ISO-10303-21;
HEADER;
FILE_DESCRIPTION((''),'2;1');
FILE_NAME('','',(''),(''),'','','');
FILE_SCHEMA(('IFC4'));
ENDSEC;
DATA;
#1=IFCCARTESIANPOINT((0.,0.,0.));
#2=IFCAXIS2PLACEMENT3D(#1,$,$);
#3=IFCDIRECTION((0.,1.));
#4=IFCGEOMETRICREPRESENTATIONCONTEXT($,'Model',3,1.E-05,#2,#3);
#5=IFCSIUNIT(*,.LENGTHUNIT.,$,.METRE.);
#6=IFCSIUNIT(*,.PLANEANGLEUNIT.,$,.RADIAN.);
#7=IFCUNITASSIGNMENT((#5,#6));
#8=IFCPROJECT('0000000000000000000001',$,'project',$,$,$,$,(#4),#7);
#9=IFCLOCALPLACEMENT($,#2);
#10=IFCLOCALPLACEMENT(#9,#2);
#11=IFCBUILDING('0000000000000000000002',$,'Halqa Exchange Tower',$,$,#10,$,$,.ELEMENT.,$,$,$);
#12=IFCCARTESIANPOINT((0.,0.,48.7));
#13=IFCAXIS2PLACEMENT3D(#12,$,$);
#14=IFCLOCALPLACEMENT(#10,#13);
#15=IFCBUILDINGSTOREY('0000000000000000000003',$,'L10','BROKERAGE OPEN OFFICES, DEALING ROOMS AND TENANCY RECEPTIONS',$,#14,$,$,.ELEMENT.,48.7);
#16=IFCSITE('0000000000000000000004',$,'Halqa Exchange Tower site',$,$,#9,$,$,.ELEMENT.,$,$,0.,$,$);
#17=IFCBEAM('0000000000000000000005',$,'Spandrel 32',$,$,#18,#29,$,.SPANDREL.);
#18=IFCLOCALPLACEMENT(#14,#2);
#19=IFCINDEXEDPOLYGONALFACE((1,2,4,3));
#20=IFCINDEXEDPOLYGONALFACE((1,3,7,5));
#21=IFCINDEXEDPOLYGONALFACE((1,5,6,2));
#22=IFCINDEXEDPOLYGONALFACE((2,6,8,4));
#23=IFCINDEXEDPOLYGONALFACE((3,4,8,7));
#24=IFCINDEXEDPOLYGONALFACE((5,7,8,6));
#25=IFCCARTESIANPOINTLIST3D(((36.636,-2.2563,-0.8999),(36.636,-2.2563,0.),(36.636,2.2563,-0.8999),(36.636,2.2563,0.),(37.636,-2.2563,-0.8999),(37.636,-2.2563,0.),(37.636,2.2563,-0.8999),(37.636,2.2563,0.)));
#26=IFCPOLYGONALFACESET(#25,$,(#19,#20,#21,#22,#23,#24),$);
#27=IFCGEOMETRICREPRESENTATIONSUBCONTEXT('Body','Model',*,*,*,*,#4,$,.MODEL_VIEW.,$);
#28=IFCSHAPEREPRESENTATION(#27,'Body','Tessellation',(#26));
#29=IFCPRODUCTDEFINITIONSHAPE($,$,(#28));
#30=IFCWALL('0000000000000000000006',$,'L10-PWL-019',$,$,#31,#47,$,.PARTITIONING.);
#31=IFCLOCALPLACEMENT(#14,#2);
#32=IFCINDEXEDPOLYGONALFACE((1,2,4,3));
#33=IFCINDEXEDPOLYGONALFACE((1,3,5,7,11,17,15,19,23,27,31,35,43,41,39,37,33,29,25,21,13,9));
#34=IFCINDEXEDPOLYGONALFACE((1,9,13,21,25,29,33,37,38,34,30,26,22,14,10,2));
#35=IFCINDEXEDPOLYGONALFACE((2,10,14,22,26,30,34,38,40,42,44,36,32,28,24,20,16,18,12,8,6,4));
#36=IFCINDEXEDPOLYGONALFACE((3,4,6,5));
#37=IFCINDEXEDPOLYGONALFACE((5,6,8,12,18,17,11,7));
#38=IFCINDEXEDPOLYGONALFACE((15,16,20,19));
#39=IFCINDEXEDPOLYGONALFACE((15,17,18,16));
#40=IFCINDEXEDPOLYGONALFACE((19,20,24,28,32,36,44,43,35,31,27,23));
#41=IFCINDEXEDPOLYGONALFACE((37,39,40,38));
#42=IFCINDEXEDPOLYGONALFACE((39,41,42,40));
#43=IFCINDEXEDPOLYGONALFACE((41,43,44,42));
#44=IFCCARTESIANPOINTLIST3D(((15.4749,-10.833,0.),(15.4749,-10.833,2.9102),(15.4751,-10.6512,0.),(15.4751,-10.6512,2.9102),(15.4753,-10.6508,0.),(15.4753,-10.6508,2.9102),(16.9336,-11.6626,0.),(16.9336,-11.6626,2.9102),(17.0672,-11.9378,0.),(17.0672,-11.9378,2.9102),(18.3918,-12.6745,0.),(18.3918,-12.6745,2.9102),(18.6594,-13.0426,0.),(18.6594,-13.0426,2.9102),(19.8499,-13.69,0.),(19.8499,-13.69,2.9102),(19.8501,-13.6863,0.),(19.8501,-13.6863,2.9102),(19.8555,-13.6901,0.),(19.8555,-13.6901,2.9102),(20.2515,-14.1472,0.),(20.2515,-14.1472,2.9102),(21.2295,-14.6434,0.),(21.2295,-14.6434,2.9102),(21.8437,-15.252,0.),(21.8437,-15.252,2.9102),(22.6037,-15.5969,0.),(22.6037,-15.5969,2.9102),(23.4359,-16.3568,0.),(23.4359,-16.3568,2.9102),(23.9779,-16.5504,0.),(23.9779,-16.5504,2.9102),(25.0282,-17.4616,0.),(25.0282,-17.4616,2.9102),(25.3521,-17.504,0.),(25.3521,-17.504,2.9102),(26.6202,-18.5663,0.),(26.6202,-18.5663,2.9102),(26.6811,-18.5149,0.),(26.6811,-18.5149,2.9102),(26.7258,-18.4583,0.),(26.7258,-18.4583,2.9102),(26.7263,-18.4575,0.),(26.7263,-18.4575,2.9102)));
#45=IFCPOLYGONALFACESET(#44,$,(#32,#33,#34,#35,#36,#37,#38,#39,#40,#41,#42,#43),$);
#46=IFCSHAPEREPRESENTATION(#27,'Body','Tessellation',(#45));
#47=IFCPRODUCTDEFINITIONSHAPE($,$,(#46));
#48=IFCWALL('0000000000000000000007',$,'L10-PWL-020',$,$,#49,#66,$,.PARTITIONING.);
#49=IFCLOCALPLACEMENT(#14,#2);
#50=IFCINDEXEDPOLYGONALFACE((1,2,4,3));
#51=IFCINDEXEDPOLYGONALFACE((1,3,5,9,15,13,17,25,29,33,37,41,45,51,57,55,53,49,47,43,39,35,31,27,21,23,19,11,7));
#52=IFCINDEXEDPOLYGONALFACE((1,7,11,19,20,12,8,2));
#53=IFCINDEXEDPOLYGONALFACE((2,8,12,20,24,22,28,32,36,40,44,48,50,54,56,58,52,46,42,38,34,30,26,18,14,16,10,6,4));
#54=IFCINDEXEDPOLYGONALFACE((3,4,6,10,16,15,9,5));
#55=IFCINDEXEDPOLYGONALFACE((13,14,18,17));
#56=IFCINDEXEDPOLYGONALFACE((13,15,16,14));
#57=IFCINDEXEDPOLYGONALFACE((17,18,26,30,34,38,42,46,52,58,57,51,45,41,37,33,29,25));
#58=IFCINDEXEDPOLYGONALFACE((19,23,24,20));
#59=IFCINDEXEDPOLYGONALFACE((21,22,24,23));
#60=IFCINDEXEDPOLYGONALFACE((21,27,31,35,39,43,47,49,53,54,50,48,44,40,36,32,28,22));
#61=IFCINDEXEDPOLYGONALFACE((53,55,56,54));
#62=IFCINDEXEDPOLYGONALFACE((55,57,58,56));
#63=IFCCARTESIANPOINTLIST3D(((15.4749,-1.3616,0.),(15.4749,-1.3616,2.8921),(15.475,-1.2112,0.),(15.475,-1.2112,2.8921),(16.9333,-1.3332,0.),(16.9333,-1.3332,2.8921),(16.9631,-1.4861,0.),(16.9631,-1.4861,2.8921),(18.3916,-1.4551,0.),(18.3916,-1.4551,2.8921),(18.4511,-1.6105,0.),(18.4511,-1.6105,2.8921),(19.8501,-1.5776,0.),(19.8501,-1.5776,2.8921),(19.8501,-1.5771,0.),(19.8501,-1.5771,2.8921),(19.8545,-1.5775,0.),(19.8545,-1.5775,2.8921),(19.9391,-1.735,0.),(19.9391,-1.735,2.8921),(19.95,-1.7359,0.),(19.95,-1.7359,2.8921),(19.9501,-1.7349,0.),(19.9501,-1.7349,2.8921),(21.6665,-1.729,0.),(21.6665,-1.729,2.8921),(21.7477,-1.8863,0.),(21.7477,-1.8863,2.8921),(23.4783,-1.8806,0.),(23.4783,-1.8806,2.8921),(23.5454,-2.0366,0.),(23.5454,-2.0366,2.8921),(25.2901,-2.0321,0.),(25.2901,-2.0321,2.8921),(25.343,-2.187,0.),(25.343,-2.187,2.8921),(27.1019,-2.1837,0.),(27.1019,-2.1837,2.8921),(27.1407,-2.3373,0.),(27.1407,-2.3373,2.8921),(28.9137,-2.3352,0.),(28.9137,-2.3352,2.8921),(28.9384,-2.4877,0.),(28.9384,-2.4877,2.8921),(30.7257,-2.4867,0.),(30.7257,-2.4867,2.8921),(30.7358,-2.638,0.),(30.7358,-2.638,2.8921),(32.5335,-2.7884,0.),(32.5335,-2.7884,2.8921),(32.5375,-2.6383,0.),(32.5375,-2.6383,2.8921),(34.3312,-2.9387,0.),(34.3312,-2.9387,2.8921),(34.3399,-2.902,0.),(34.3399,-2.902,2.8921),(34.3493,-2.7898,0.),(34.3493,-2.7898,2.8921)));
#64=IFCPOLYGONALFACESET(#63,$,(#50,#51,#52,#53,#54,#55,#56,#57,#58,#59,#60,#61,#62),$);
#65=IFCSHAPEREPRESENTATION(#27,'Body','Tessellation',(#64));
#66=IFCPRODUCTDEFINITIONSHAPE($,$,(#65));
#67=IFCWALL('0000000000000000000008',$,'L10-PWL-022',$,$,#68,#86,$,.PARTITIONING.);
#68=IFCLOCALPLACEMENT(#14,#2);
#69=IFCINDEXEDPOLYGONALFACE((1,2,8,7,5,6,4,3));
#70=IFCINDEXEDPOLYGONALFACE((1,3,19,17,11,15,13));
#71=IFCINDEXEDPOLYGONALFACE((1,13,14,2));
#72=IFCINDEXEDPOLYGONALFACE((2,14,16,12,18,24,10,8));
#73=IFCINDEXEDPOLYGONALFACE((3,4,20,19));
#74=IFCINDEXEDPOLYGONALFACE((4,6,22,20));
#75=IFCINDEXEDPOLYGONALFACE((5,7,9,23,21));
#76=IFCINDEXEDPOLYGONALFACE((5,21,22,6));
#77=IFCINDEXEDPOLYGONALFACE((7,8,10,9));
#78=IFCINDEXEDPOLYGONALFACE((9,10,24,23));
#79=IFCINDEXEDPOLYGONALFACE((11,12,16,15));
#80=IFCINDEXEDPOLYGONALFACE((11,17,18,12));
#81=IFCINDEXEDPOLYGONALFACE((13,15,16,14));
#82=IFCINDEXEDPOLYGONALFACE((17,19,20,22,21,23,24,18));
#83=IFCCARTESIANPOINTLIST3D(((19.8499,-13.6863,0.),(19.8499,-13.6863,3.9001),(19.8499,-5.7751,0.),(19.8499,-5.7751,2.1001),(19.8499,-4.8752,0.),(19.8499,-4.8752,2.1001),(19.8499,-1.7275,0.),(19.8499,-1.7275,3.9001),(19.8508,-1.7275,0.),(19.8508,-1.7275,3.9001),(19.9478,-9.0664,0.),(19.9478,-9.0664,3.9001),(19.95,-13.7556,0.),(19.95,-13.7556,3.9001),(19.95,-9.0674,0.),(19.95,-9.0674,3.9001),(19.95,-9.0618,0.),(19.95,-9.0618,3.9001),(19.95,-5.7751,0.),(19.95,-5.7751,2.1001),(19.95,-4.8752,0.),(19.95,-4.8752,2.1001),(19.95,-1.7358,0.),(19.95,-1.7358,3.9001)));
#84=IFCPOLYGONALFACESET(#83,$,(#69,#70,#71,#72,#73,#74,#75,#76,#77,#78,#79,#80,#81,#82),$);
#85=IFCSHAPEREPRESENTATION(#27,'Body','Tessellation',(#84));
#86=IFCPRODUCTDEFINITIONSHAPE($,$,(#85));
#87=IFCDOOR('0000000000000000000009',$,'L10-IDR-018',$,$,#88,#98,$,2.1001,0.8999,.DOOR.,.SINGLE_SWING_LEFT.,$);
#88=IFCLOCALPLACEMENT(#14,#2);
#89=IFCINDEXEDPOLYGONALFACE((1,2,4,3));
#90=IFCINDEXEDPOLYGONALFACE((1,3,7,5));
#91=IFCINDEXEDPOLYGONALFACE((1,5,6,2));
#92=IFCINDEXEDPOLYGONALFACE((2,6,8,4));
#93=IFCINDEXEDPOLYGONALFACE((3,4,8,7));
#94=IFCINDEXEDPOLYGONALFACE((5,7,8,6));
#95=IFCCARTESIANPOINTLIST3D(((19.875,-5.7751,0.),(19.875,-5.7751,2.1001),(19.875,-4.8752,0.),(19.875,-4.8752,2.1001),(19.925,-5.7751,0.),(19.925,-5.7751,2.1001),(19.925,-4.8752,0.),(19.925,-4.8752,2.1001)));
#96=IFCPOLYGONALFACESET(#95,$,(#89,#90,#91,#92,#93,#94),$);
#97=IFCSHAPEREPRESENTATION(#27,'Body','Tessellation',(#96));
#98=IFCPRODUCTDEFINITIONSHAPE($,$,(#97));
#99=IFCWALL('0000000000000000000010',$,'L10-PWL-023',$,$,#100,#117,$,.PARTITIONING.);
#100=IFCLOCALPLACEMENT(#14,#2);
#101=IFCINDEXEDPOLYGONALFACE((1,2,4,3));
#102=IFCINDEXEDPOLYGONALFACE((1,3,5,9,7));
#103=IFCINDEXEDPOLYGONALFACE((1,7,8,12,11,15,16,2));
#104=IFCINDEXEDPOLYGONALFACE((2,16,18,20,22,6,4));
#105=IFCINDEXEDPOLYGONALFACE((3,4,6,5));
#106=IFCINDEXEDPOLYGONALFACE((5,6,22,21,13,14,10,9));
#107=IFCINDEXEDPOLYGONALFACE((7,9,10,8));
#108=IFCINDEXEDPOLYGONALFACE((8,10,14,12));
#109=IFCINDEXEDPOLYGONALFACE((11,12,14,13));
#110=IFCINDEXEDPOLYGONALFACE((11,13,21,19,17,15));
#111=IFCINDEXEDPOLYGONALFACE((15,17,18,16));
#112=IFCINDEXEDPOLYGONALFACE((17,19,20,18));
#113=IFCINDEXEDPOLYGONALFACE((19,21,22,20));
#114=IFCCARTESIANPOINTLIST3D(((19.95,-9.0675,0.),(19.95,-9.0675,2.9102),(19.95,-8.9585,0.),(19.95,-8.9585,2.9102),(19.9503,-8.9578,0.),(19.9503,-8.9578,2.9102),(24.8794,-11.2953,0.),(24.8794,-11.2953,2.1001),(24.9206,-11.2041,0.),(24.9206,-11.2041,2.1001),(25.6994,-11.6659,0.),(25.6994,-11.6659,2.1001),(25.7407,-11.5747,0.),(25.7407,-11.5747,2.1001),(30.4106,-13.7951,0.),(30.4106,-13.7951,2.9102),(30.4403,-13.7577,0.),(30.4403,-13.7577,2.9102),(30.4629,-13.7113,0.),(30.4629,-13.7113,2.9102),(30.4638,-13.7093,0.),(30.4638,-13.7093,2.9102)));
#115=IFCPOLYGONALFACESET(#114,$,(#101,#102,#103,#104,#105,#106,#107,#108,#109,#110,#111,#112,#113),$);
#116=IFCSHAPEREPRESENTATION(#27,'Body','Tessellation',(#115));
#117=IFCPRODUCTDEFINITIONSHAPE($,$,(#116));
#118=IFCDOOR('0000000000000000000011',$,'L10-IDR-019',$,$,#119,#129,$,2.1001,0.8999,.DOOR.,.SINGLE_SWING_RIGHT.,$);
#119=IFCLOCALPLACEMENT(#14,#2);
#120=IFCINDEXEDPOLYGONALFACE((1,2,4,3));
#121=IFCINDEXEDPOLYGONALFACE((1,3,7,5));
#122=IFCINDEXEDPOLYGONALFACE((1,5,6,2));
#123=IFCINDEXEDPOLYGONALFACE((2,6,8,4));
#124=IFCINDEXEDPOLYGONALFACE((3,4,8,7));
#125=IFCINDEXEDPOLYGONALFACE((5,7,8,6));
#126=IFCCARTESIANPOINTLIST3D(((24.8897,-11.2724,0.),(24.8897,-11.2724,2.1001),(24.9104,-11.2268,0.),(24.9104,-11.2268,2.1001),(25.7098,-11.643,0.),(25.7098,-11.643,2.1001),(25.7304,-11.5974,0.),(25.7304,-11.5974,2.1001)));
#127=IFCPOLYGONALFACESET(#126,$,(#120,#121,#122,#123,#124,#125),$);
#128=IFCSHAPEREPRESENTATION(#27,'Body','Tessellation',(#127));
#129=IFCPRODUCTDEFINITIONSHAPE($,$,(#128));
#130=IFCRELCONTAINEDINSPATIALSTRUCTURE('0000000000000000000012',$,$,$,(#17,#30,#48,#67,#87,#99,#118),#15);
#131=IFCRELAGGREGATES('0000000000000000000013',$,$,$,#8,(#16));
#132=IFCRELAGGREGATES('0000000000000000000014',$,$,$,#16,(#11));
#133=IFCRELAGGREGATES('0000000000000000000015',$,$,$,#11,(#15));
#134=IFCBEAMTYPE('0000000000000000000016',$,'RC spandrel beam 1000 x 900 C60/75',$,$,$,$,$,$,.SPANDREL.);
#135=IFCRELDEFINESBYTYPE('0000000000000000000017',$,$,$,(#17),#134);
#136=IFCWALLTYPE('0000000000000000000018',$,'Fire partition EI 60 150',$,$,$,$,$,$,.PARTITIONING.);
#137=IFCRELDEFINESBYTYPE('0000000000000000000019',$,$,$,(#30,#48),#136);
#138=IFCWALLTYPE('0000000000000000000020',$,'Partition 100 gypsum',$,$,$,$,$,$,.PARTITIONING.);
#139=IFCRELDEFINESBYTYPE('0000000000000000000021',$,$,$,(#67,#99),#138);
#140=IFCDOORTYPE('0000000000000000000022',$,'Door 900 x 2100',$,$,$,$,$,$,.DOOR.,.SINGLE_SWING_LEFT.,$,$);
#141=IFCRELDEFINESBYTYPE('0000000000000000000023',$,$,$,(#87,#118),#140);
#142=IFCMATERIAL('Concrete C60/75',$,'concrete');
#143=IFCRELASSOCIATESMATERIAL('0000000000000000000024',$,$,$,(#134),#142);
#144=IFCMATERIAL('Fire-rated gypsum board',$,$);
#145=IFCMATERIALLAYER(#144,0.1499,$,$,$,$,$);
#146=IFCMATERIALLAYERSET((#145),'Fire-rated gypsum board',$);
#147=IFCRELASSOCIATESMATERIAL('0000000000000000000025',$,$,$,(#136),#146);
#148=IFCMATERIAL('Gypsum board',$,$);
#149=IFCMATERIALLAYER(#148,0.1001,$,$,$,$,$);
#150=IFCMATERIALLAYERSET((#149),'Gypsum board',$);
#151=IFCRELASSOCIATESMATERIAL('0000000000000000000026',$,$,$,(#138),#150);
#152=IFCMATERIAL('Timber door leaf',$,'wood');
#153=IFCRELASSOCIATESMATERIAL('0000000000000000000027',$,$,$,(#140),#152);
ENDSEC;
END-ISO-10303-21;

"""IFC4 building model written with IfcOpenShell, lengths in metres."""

from ifc_helpers import new_model, si_unit, direction, frame, frame_2d, origin, origin_2d, place, context, subcontext, project, spatial, polyline, rectangle, outline, extrude, material, layer, layer_set, material_profile, profile_set, type_object, element, fill, save


model = new_model("IFC4")

# Units and contexts
model_context = context("Model", 3, precision=1e-05, world=origin(), true_north=direction((0.0, 1.0)))
body_context = subcontext(model_context, "Body", "Model", "MODEL_VIEW")
ifc_project = project(units=[si_unit("LENGTHUNIT", "METRE"), si_unit("PLANEANGLEUNIT", "RADIAN")], contexts=[model_context])

# Site, building, storey
site_placement = place(None, origin())
site = spatial("IfcSite", under=ifc_project, at=site_placement, Name="Halqa Exchange Tower site", CompositionType="ELEMENT", RefElevation=0.0)
building_placement = place(site_placement, origin())
building = spatial("IfcBuilding", under=site, at=building_placement, Name="Halqa Exchange Tower", CompositionType="ELEMENT")
storey_placement = place(building_placement, frame((0.0, 0.0, 48.7)))
storey = spatial("IfcBuildingStorey", under=building, at=storey_placement, Name="L10", Description="BROKERAGE OPEN OFFICES, DEALING ROOMS AND TENANCY RECEPTIONS", CompositionType="ELEMENT", Elevation=48.7)

# Beam
ifc_material_1 = material(Name="Concrete C60/75", Category="concrete")
ifc_material_profile_1 = material_profile(ifc_material_1, rectangle(XDim=1.0, YDim=0.8999, at=origin_2d()), Name="1000 x 900")
ifc_profile_set_1 = profile_set([ifc_material_profile_1], Name="Concrete C60/75")
beam_type_1 = type_object("IfcBeamType", Name="RC spandrel beam 1000 x 900 C60/75", PredefinedType="SPANDREL", material=ifc_profile_set_1)
beam_1_placement = place(storey_placement, frame((37.136, -2.2563, -0.45), z_axis=(0.0, 1.0, 0.0), x_axis=(-1.0, 0.0, 0.0)))
element("IfcBeam", 1, at=beam_1_placement, inside=storey, type_object=beam_type_1, Name="Spandrel 32", PredefinedType="SPANDREL", context=body_context, shape_type="SweptSolid", body=[
    extrude(rectangle(XDim=1.0, YDim=0.8999, at=origin_2d()), origin(), (0.0, 0.0, 1.0), 4.5127),
])

# Walls
ifc_material_2 = material(Name="Fire-rated gypsum board")
ifc_layer_1 = layer(ifc_material_2, 0.1499)
ifc_layer_set_1 = layer_set([ifc_layer_1], Name="Fire-rated gypsum board")
wall_type_1 = type_object("IfcWallType", Name="Fire partition EI 60 150", PredefinedType="PARTITIONING", material=ifc_layer_set_1)
wall_1_placement = place(storey_placement, frame((15.4326, -10.7124, 0.0), z_axis=(0.0, 0.0, 1.0), x_axis=(0.821594, -0.570074, 0.0)))
element("IfcWall", 2, at=wall_1_placement, inside=storey, type_object=wall_type_1, Name="L10-PWL-019", PredefinedType="PARTITIONING", context=body_context, shape_type="SweptSolid", body=[
    extrude(outline(polyline([(0.1035, -0.075), (2.0415, -0.075), (3.9795, -0.075), (5.9172, -0.075), (7.8552, -0.075), (9.7932, -0.075), (11.7312, -0.075), (13.6689, -0.075), (13.6897, 0.002), (13.6941, 0.074), (13.6941, 0.075), (12.0215, 0.075), (10.3489, 0.075), (8.6763, 0.075), (7.0037, 0.075), (5.3313, 0.075), (5.3267, 0.0718), (5.3247, 0.075), (3.5498, 0.075), (1.7749, 0.075), (0.0, 0.075), (0.0, 0.0745), (0.1035, -0.075)])), origin(), (0.0, 0.0, 1.0), 2.9102),
])
wall_2_placement = place(storey_placement, frame((15.4688, -1.2859, 0.0), z_axis=(0.0, 0.0, 1.0), x_axis=(0.996521, -0.083347, 0.0)))
element("IfcWall", 3, at=wall_2_placement, inside=storey, type_object=wall_type_1, Name="L10-PWL-020", PredefinedType="PARTITIONING", context=body_context, shape_type="SweptSolid", body=[
    extrude(outline(polyline([(0.0125, -0.075), (1.5059, -0.075), (2.999, -0.075), (4.4922, -0.075), (4.5032, -0.074), (4.5032, -0.075), (6.3071, -0.075), (8.1111, -0.075), (9.915, -0.075), (11.719, -0.075), (13.5229, -0.075), (15.3267, -0.075), (17.1306, -0.075), (18.9346, -0.075), (18.9402, -0.0376), (18.9402, 0.075), (17.1221, 0.075), (15.304, 0.075), (13.4856, 0.075), (11.6675, 0.075), (9.8494, 0.075), (8.0312, 0.075), (6.2131, 0.075), (4.3948, 0.075), (4.3904, 0.0745), (4.3904, 0.075), (2.9268, 0.075), (1.4634, 0.075), (0.0, 0.075), (0.0125, -0.075)])), origin(), (0.0, 0.0, 1.0), 2.8921),
])

# Walls, openings, doors
ifc_material_3 = material(Name="Gypsum board")
ifc_layer_2 = layer(ifc_material_3, 0.1001)
ifc_layer_set_2 = layer_set([ifc_layer_2], Name="Gypsum board")
wall_type_2 = type_object("IfcWallType", Name="Partition 100 gypsum", PredefinedType="PARTITIONING", material=ifc_layer_set_2)
wall_3_placement = place(storey_placement, frame((19.8999, -13.7556, 0.0), z_axis=(0.0, 0.0, 1.0), x_axis=(0.0, 1.0, 0.0)))
wall_3 = element("IfcWall", 4, at=wall_3_placement, inside=storey, type_object=wall_type_2, Name="L10-PWL-022", PredefinedType="PARTITIONING", context=body_context, shape_type="SweptSolid", body=[
    extrude(outline(polyline([(0.0, -0.05), (1.5627, -0.05), (3.1255, -0.05), (4.6882, -0.05), (4.6892, -0.0479), (4.6938, -0.05), (6.5254, -0.05), (8.3569, -0.05), (10.1882, -0.05), (12.0198, -0.05), (12.0281, 0.0491), (12.0281, 0.05), (10.0349, 0.05), (8.0417, 0.05), (6.0488, 0.05), (4.0557, 0.05), (2.0625, 0.05), (0.0693, 0.05), (0.0, -0.05), (0.0, -0.05)])), origin(), (0.0, 0.0, 1.0), 3.9001),
])
opening_1_placement = place(wall_3_placement, frame((7.9805, 0.0, 0.0)))
opening_1 = element("IfcOpeningElement", 5, at=opening_1_placement, cuts=wall_3, PredefinedType="OPENING", context=body_context, shape_type="SweptSolid", body=[
    extrude(rectangle(XDim=0.8999, YDim=2.1001, at=frame_2d((0.45, 1.05))), frame((0.0, 0.062, 0.0), z_axis=(0.0, -1.0, 0.0), x_axis=(1.0, 0.0, 0.0)), (0.0, 0.0, 1.0), 0.124),
])
ifc_material_4 = material(Name="Timber door leaf", Category="wood")
door_type_1 = type_object("IfcDoorType", Name="Door 900 x 2100", OperationType="SINGLE_SWING_LEFT", PredefinedType="DOOR", material=ifc_material_4)
door_1_placement = place(opening_1_placement, origin())
door_1 = element("IfcDoor", 6, at=door_1_placement, inside=storey, type_object=door_type_1, Name="L10-IDR-018", OperationType="SINGLE_SWING_LEFT", OverallHeight=2.1001, OverallWidth=0.8999, PredefinedType="DOOR", context=body_context, shape_type="SweptSolid", body=[
    extrude(rectangle(XDim=0.8999, YDim=2.1001, at=frame_2d((0.45, 1.05))), frame((0.0, 0.0249, 0.0), z_axis=(0.0, -1.0, 0.0), x_axis=(1.0, 0.0, 0.0)), (0.0, 0.0, 1.0), 0.05),
])
fill(opening_1, door_1)
wall_4_placement = place(storey_placement, frame((19.9297, -9.0034, 0.0), z_axis=(0.0, 0.0, 1.0), x_axis=(0.911258, -0.411836, 0.0)))
wall_4 = element("IfcWall", 7, at=wall_4_placement, inside=storey, type_object=wall_type_2, Name="L10-PWL-023", PredefinedType="PARTITIONING", context=body_context, shape_type="SweptSolid", body=[
    extrude(outline(polyline([(0.0449, -0.05), (1.958, -0.05), (3.8713, -0.05), (5.7847, -0.05), (7.6978, -0.05), (9.6111, -0.05), (11.5242, -0.05), (11.5359, -0.0037), (11.5374, 0.0479), (11.5374, 0.05), (9.6145, 0.05), (7.6917, 0.05), (5.7686, 0.05), (3.8457, 0.05), (1.9229, 0.05), (0.0, 0.05), (0.0, 0.0493), (0.0449, -0.05)])), origin(), (0.0, 0.0, 1.0), 2.9102),
])
opening_2_placement = place(wall_4_placement, frame((5.4543, 0.0, 0.0)))
opening_2 = element("IfcOpeningElement", 8, at=opening_2_placement, cuts=wall_4, PredefinedType="OPENING", context=body_context, shape_type="SweptSolid", body=[
    extrude(rectangle(XDim=0.8999, YDim=2.1001, at=frame_2d((0.45, 1.05))), frame((0.0, 0.062, 0.0), z_axis=(0.0, -1.0, 0.0), x_axis=(1.0, 0.0, 0.0)), (0.0, 0.0, 1.0), 0.124),
])
door_2_placement = place(opening_2_placement, frame((0.8999, 0.0, 0.0), z_axis=(0.0, 0.0, 1.0), x_axis=(-1.0, 0.0, 0.0)))
door_2 = element("IfcDoor", 9, at=door_2_placement, inside=storey, type_object=door_type_1, Name="L10-IDR-019", OperationType="SINGLE_SWING_RIGHT", OverallHeight=2.1001, OverallWidth=0.8999, PredefinedType="DOOR", context=body_context, shape_type="SweptSolid", body=[
    extrude(rectangle(XDim=0.8999, YDim=2.1001, at=frame_2d((0.45, 1.05))), frame((0.0, 0.0249, 0.0), z_axis=(0.0, -1.0, 0.0), x_axis=(1.0, 0.0, 0.0)), (0.0, 0.0, 1.0), 0.05),
])
fill(opening_2, door_2)

save(model, "model.ifc")
